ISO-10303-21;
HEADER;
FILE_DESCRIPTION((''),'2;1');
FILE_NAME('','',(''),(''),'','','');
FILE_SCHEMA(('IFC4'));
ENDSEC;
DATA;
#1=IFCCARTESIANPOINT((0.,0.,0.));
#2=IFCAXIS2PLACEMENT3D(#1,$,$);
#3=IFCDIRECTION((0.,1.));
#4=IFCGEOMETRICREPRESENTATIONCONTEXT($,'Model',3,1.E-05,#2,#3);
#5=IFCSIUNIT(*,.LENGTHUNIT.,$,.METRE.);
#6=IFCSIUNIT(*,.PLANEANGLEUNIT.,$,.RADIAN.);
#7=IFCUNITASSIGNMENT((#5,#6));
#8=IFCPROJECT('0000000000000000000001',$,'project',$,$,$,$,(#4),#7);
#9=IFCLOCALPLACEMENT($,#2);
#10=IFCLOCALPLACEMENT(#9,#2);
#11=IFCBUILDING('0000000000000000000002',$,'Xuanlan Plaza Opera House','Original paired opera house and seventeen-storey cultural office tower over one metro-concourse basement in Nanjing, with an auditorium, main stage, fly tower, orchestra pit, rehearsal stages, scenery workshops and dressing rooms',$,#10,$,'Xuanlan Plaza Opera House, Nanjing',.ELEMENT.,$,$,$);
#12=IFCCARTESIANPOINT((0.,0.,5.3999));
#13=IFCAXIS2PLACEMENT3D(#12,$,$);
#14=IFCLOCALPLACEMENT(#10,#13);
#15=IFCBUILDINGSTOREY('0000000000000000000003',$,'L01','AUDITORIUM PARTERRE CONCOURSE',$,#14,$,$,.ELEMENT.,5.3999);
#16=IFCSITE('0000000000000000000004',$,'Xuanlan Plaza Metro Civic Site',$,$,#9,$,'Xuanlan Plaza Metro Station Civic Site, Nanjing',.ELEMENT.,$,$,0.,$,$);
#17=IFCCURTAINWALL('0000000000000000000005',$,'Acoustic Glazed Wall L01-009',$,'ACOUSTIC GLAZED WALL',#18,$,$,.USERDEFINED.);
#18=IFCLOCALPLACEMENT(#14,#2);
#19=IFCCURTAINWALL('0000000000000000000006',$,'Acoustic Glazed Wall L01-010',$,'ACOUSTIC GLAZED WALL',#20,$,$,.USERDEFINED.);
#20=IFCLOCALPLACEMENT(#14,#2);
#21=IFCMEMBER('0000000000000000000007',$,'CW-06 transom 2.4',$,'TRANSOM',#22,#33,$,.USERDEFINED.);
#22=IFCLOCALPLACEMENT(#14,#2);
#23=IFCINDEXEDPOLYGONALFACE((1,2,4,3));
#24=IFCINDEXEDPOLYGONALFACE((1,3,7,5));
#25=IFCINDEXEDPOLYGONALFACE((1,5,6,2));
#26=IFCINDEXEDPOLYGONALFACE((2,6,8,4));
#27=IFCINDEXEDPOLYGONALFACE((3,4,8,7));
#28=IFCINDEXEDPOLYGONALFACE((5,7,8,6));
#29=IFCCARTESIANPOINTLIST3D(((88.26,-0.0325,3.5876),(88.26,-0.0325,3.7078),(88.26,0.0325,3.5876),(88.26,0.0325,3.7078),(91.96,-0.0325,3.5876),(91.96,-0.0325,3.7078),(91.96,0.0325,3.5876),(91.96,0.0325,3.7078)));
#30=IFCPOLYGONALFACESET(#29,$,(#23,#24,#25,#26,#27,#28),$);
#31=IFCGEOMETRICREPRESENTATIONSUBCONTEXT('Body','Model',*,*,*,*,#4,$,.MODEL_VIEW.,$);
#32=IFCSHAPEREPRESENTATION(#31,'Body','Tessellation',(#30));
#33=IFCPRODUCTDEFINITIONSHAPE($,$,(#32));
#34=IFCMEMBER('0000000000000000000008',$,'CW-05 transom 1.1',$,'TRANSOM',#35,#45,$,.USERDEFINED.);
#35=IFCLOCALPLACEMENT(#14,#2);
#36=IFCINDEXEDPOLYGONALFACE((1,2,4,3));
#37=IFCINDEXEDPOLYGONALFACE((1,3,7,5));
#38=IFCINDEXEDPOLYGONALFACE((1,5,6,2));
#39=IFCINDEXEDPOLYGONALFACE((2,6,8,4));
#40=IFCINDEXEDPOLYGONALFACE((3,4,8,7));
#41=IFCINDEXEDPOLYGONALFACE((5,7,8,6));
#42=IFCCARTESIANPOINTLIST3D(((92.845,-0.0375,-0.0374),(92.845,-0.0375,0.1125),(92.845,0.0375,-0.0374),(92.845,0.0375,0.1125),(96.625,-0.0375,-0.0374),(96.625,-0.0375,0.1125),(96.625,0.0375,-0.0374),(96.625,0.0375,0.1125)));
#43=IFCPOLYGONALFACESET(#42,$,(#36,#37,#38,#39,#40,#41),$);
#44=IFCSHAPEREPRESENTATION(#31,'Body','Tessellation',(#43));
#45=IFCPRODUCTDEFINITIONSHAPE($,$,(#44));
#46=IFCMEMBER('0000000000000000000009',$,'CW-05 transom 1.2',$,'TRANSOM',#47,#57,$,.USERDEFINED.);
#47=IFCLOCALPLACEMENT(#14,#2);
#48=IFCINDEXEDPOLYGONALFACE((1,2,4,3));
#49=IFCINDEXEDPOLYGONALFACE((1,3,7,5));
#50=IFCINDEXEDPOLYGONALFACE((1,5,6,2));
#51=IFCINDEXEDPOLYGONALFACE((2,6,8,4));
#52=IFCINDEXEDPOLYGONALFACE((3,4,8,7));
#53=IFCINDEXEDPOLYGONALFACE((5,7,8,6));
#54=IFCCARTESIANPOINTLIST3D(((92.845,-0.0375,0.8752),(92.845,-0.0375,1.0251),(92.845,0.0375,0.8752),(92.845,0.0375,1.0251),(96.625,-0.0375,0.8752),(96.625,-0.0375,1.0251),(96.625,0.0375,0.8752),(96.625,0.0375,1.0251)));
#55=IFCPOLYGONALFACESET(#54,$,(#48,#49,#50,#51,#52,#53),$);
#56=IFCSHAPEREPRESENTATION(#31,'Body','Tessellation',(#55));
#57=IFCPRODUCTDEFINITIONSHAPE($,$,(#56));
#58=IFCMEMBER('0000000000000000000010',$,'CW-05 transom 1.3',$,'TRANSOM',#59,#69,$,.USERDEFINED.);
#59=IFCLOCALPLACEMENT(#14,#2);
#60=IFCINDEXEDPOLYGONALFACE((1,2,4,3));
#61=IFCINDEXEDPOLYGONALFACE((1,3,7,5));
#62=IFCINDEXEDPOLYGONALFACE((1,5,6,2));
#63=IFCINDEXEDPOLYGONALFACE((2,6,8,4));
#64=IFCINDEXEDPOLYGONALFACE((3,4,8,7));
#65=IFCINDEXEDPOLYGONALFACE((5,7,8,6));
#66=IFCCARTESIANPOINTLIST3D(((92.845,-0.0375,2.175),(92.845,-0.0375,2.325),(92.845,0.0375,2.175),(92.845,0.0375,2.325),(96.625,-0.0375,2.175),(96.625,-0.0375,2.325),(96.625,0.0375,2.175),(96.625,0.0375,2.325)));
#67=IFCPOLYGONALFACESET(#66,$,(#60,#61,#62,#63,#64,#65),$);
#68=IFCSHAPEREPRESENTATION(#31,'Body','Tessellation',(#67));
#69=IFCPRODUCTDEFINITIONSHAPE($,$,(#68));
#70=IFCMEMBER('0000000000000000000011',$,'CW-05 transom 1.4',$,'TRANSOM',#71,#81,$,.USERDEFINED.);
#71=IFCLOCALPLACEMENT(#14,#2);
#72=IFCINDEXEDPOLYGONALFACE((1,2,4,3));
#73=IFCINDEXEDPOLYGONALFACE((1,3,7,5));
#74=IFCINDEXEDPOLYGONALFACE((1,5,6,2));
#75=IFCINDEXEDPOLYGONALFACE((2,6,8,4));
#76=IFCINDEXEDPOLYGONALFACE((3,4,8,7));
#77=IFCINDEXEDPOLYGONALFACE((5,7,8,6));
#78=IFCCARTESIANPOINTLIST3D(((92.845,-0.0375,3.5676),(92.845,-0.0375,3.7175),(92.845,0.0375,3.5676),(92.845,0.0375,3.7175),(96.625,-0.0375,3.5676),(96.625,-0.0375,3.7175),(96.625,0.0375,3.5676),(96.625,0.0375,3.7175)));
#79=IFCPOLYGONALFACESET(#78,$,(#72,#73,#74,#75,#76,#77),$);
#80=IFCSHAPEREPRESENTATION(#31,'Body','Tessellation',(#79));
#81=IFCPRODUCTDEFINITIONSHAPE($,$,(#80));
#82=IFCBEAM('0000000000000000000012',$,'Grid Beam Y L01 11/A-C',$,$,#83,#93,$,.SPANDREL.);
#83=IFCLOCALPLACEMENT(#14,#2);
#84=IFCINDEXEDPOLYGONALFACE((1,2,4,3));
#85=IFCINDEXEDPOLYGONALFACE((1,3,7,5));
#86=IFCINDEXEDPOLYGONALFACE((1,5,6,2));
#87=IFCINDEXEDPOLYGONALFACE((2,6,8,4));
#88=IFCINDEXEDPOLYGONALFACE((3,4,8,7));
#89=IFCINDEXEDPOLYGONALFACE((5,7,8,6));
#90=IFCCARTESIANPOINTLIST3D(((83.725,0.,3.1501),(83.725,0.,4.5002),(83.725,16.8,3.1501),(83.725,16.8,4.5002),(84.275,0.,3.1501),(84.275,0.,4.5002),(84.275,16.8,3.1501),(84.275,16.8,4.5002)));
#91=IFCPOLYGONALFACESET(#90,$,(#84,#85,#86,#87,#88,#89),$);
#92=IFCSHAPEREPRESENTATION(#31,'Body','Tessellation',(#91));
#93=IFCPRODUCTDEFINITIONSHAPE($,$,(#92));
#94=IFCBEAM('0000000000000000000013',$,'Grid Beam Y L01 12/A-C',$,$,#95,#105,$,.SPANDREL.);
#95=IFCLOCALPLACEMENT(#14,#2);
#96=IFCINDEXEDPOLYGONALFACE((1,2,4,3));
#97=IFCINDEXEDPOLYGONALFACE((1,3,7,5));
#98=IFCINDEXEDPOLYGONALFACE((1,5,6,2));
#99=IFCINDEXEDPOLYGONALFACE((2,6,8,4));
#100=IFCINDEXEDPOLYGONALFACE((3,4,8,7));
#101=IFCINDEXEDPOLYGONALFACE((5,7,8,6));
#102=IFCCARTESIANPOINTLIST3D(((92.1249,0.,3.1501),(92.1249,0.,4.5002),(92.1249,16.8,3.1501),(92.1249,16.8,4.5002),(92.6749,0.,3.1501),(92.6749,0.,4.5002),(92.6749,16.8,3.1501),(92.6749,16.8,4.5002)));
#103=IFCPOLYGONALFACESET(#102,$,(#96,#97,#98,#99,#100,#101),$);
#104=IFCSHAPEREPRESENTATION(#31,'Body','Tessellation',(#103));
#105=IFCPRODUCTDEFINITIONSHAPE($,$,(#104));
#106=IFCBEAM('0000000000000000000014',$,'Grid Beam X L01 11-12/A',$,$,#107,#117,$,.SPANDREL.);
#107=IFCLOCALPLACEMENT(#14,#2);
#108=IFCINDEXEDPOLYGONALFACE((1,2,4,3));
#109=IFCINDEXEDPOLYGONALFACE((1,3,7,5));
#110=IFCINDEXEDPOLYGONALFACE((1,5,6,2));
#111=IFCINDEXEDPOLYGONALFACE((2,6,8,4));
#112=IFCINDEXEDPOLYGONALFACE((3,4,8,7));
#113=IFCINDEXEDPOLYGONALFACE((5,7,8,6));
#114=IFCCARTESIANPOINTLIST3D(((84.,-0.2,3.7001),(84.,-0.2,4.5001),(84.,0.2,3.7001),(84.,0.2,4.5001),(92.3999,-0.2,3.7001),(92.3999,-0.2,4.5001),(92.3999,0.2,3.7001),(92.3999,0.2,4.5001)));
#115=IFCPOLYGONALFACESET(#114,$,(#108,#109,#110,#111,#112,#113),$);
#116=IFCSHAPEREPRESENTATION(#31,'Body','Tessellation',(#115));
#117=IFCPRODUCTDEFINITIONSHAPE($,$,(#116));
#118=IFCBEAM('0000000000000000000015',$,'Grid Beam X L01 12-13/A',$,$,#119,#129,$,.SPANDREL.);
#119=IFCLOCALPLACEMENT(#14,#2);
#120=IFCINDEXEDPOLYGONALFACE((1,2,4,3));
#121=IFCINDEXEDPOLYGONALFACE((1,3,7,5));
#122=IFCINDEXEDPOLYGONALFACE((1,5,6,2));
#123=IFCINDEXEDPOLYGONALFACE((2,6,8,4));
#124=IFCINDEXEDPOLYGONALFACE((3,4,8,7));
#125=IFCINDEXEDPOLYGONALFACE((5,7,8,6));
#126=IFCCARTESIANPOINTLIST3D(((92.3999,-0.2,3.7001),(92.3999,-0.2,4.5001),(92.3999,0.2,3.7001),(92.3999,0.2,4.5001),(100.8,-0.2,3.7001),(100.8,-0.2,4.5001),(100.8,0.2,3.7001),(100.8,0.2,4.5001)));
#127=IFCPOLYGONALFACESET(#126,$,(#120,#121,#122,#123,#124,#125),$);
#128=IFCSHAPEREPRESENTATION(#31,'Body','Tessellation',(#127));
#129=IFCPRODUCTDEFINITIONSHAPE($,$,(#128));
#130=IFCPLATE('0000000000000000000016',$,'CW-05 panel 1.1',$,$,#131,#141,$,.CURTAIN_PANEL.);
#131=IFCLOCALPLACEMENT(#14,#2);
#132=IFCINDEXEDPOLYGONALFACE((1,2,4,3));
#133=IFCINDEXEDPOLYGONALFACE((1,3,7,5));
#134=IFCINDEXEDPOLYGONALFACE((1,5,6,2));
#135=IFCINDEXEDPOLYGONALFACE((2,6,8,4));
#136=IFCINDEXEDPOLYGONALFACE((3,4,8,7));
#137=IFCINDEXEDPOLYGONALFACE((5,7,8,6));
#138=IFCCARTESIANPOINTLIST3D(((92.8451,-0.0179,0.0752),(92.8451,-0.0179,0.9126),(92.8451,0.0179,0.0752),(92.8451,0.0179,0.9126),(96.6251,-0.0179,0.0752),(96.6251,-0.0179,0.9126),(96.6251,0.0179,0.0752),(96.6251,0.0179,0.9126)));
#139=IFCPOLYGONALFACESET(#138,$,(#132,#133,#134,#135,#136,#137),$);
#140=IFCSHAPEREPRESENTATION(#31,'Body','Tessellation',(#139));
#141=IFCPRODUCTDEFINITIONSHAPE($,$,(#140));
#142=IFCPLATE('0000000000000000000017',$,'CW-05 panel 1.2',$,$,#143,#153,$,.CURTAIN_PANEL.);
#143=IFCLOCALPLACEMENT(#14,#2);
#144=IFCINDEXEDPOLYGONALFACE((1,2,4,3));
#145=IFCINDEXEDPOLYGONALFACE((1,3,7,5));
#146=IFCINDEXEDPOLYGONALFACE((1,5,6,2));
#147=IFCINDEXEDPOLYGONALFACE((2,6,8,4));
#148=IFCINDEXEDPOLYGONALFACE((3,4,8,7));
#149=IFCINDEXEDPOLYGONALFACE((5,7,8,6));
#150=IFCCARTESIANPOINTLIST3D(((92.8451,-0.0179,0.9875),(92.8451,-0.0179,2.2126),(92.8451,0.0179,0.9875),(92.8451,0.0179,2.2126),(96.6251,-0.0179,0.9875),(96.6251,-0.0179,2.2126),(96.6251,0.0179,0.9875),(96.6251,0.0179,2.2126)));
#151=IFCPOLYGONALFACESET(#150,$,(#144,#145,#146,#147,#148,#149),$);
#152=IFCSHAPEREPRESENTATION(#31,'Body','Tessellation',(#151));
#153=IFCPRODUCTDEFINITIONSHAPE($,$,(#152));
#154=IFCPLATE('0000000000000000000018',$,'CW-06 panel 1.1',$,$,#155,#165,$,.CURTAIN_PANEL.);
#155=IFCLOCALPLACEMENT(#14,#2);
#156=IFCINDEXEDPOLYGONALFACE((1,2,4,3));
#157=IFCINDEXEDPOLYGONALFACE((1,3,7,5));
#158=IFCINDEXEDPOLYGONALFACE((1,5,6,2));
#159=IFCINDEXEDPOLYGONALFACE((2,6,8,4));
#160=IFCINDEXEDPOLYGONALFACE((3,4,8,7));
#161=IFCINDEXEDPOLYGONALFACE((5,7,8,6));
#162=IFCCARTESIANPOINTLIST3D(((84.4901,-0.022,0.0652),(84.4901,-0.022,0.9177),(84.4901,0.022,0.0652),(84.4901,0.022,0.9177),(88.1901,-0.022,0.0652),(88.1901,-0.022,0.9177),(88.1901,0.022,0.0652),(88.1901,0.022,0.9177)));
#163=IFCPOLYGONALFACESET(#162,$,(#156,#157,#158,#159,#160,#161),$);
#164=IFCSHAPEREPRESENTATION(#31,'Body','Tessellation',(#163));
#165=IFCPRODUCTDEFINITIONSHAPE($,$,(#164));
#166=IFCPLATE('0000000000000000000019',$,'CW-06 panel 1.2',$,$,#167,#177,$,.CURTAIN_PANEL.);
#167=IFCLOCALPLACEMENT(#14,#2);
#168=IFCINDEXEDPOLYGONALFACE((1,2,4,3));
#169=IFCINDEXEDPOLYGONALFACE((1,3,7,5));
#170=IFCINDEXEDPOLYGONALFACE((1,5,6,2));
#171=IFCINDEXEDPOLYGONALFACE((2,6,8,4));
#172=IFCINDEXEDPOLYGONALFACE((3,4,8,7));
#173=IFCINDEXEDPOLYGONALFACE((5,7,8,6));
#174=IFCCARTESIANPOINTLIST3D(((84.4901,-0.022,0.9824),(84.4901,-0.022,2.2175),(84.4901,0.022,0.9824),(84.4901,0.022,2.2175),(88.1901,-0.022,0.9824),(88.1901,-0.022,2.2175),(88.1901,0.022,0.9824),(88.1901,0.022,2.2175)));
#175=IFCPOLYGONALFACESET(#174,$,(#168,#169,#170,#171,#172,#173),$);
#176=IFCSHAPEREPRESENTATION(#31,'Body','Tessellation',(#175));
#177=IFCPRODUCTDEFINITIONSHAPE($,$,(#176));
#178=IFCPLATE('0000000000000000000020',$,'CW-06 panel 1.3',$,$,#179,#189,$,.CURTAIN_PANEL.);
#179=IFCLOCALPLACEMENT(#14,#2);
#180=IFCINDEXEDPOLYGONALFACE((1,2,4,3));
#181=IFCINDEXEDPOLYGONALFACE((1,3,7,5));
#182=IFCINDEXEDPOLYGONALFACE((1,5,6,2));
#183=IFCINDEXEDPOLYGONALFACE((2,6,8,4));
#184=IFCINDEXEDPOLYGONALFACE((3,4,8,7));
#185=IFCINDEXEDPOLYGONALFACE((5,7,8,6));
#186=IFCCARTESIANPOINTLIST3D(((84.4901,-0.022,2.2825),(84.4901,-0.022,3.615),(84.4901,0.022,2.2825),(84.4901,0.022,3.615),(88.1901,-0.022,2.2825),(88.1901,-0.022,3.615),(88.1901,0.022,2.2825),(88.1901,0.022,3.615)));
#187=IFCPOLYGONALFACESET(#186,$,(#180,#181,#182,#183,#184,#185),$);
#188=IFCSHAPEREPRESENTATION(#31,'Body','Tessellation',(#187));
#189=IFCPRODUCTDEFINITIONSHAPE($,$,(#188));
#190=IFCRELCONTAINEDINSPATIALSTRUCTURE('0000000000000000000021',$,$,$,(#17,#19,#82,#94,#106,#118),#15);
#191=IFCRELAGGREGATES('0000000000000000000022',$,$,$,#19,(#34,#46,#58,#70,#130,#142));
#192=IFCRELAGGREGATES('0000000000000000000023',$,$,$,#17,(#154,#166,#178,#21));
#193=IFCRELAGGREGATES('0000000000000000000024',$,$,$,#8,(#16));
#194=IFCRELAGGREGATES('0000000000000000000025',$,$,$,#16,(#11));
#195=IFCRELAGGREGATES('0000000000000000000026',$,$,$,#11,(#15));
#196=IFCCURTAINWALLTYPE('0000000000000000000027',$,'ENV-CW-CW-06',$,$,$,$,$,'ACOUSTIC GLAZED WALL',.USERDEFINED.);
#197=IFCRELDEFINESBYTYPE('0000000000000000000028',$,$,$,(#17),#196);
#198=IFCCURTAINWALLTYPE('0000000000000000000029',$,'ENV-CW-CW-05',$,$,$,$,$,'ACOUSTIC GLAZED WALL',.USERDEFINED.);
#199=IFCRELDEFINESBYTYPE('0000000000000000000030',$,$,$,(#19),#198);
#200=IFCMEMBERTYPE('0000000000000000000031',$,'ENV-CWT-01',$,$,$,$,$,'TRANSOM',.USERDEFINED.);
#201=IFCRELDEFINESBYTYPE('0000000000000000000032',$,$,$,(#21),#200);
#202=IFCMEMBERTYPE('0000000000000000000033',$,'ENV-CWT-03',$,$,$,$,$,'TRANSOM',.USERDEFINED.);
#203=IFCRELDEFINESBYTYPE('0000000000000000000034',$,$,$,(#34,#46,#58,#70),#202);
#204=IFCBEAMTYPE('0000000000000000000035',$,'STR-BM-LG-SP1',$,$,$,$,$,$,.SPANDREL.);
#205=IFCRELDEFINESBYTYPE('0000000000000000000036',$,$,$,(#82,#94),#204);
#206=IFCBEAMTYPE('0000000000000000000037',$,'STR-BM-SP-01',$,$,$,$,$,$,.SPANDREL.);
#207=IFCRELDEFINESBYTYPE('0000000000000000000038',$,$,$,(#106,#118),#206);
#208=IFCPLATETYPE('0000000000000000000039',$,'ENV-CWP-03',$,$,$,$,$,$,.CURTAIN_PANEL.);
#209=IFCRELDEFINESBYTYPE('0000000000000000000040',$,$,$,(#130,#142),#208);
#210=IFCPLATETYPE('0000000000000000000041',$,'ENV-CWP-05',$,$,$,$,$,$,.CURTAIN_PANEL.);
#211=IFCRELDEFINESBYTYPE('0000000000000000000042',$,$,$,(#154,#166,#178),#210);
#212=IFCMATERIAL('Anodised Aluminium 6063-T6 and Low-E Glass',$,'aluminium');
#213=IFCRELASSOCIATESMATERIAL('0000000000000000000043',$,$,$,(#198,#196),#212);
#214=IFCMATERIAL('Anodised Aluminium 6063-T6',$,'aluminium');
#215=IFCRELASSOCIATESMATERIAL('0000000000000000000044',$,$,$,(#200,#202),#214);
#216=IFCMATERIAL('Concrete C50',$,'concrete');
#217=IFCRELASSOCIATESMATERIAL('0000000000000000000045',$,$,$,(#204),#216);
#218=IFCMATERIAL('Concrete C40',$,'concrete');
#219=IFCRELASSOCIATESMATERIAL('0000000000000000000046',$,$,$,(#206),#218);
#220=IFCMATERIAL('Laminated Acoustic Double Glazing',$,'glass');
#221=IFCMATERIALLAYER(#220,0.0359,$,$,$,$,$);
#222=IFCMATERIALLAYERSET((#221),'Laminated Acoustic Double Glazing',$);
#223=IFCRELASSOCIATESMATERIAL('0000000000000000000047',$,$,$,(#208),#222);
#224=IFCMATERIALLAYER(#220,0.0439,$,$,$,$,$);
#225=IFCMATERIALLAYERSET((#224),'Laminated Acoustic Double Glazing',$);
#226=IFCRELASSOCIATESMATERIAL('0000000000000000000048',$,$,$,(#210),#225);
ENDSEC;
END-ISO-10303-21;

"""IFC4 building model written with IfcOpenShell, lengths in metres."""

from ifc_helpers import new_model, si_unit, direction, frame, origin, origin_2d, place, context, subcontext, project, spatial, rectangle, extrude, material, layer, layer_set, material_profile, profile_set, type_object, element, aggregate, save


model = new_model("IFC4")

# Units and contexts
model_context = context("Model", 3, precision=1e-05, world=origin(), true_north=direction((0.0, 1.0)))
body_context = subcontext(model_context, "Body", "Model", "MODEL_VIEW")
ifc_project = project(units=[si_unit("LENGTHUNIT", "METRE"), si_unit("PLANEANGLEUNIT", "RADIAN")], contexts=[model_context])

# Site, building, storey
site_placement = place(None, origin())
site = spatial("IfcSite", under=ifc_project, at=site_placement, Name="Xuanlan Plaza Metro Civic Site", LongName="Xuanlan Plaza Metro Station Civic Site, Nanjing", CompositionType="ELEMENT", RefElevation=0.0)
building_placement = place(site_placement, origin())
building = spatial("IfcBuilding", under=site, at=building_placement, Name="Xuanlan Plaza Opera House", Description="Original paired opera house and seventeen-storey cultural office tower over one metro-concourse basement in Nanjing, with an auditorium, main stage, fly tower, orchestra pit, rehearsal stages, scenery workshops and dressing rooms", LongName="Xuanlan Plaza Opera House, Nanjing", CompositionType="ELEMENT")
storey_placement = place(building_placement, frame((0.0, 0.0, 5.3999)))
storey = spatial("IfcBuildingStorey", under=building, at=storey_placement, Name="L01", Description="AUDITORIUM PARTERRE CONCOURSE", CompositionType="ELEMENT", Elevation=5.3999)

# Shared definitions
ifc_material_1 = material(Name="Concrete C40", Category="concrete")

# Shared definitions
ifc_material_2 = material(Name="Anodised Aluminium 6063-T6 and Low-E Glass", Category="aluminium")
curtain_wall_type_1 = type_object("IfcCurtainWallType", Name="ENV-CW-CW-05", ElementType="ACOUSTIC GLAZED WALL", PredefinedType="USERDEFINED", material=ifc_material_2)
ifc_material_3 = material(Name="Anodised Aluminium 6063-T6", Category="aluminium")

# Curtain wall
curtain_wall_type_2 = type_object("IfcCurtainWallType", Name="ENV-CW-CW-06", ElementType="ACOUSTIC GLAZED WALL", PredefinedType="USERDEFINED", material=ifc_material_2)
curtain_wall_1_placement = place(storey_placement, origin())
curtain_wall_1 = element("IfcCurtainWall", 1, at=curtain_wall_1_placement, inside=storey, type_object=curtain_wall_type_2, Name="Acoustic Glazed Wall L01-009", ObjectType="ACOUSTIC GLAZED WALL", PredefinedType="USERDEFINED")

# Curtain wall
curtain_wall_2_placement = place(storey_placement, origin())
curtain_wall_2 = element("IfcCurtainWall", 2, at=curtain_wall_2_placement, inside=storey, type_object=curtain_wall_type_1, Name="Acoustic Glazed Wall L01-010", ObjectType="ACOUSTIC GLAZED WALL", PredefinedType="USERDEFINED")

# Members
ifc_material_profile_1 = material_profile(ifc_material_3, rectangle(XDim=0.0649, YDim=0.1201, at=origin_2d()), Name="ALU-T 65x120")
ifc_profile_set_1 = profile_set([ifc_material_profile_1], Name="Anodised Aluminium 6063-T6")
member_type_1 = type_object("IfcMemberType", Name="ENV-CWT-01", ElementType="TRANSOM", PredefinedType="USERDEFINED", material=ifc_profile_set_1)
member_1_placement = place(storey_placement, frame((88.26, 0.0, 3.6477), z_axis=(1.0, 0.0, 0.0), x_axis=(0.0, 1.0, 0.0)))
member_1 = element("IfcMember", 3, at=member_1_placement, type_object=member_type_1, Name="CW-06 transom 2.4", ObjectType="TRANSOM", PredefinedType="USERDEFINED", context=body_context, shape_type="SweptSolid", body=[
    extrude(rectangle(XDim=0.0649, YDim=0.1201, at=origin_2d()), origin(), (0.0, 0.0, 1.0), 3.7),
])
ifc_material_profile_2 = material_profile(ifc_material_3, rectangle(XDim=0.075, YDim=0.1499, at=origin_2d()), Name="ALU-T 75x150")
ifc_profile_set_2 = profile_set([ifc_material_profile_2], Name="Anodised Aluminium 6063-T6")
member_type_2 = type_object("IfcMemberType", Name="ENV-CWT-03", ElementType="TRANSOM", PredefinedType="USERDEFINED", material=ifc_profile_set_2)
member_2_placement = place(storey_placement, frame((92.845, 0.0, 0.0376), z_axis=(1.0, 0.0, 0.0), x_axis=(0.0, 1.0, 0.0)))
member_2 = element("IfcMember", 4, at=member_2_placement, type_object=member_type_2, Name="CW-05 transom 1.1", ObjectType="TRANSOM", PredefinedType="USERDEFINED", context=body_context, shape_type="SweptSolid", body=[
    extrude(rectangle(XDim=0.075, YDim=0.1499, at=origin_2d()), origin(), (0.0, 0.0, 1.0), 3.78),
])
member_3_placement = place(storey_placement, frame((92.845, 0.0, 0.9502), z_axis=(1.0, 0.0, 0.0), x_axis=(0.0, 1.0, 0.0)))
member_3 = element("IfcMember", 5, at=member_3_placement, type_object=member_type_2, Name="CW-05 transom 1.2", ObjectType="TRANSOM", PredefinedType="USERDEFINED", context=body_context, shape_type="SweptSolid", body=[
    extrude(rectangle(XDim=0.075, YDim=0.1499, at=origin_2d()), origin(), (0.0, 0.0, 1.0), 3.78),
])
member_4_placement = place(storey_placement, frame((92.845, 0.0, 2.25), z_axis=(1.0, 0.0, 0.0), x_axis=(0.0, 1.0, 0.0)))
member_4 = element("IfcMember", 6, at=member_4_placement, type_object=member_type_2, Name="CW-05 transom 1.3", ObjectType="TRANSOM", PredefinedType="USERDEFINED", context=body_context, shape_type="SweptSolid", body=[
    extrude(rectangle(XDim=0.075, YDim=0.1499, at=origin_2d()), origin(), (0.0, 0.0, 1.0), 3.78),
])
member_5_placement = place(storey_placement, frame((92.845, 0.0, 3.6426), z_axis=(1.0, 0.0, 0.0), x_axis=(0.0, 1.0, 0.0)))
member_5 = element("IfcMember", 7, at=member_5_placement, type_object=member_type_2, Name="CW-05 transom 1.4", ObjectType="TRANSOM", PredefinedType="USERDEFINED", context=body_context, shape_type="SweptSolid", body=[
    extrude(rectangle(XDim=0.075, YDim=0.1499, at=origin_2d()), origin(), (0.0, 0.0, 1.0), 3.78),
])

# Beams
ifc_material_4 = material(Name="Concrete C50", Category="concrete")
ifc_material_profile_3 = material_profile(ifc_material_4, rectangle(XDim=0.55, YDim=1.3501, at=origin_2d()), Name="RC-SPD 550x1350")
ifc_profile_set_3 = profile_set([ifc_material_profile_3], Name="Concrete C50")
beam_type_1 = type_object("IfcBeamType", Name="STR-BM-LG-SP1", PredefinedType="SPANDREL", material=ifc_profile_set_3)
for number, where, z_axis, x_axis, name in (
    (8, (84.0, 0.0, 3.8252), (0.0, 1.0, 0.0), (-1.0, 0.0, 0.0), "Grid Beam Y L01 11/A-C"),
    (9, (92.3999, 0.0, 3.8252), (0.0, 1.0, 0.0), (-1.0, 0.0, 0.0), "Grid Beam Y L01 12/A-C"),
):
    element("IfcBeam", number, at=place(storey_placement, frame(where, z_axis=z_axis, x_axis=x_axis)), inside=storey, type_object=beam_type_1, Name=name, PredefinedType="SPANDREL", context=body_context, shape_type="SweptSolid", body=[
        extrude(rectangle(XDim=0.55, YDim=1.3501, at=origin_2d()), origin(), (0.0, 0.0, 1.0), 16.8),
    ])
ifc_material_profile_4 = material_profile(ifc_material_1, rectangle(XDim=0.3999, YDim=0.8, at=origin_2d()), Name="RC-SPD 400x800")
ifc_profile_set_4 = profile_set([ifc_material_profile_4], Name="Concrete C40")
beam_type_2 = type_object("IfcBeamType", Name="STR-BM-SP-01", PredefinedType="SPANDREL", material=ifc_profile_set_4)
beam_1_placement = place(storey_placement, frame((84.0, 0.0, 4.1001), z_axis=(1.0, 0.0, 0.0), x_axis=(0.0, 1.0, 0.0)))
element("IfcBeam", 10, at=beam_1_placement, inside=storey, type_object=beam_type_2, Name="Grid Beam X L01 11-12/A", PredefinedType="SPANDREL", context=body_context, shape_type="SweptSolid", body=[
    extrude(rectangle(XDim=0.3999, YDim=0.8, at=origin_2d()), origin(), (0.0, 0.0, 1.0), 8.3999),
])
beam_2_placement = place(storey_placement, frame((92.3999, 0.0, 4.1001), z_axis=(1.0, 0.0, 0.0), x_axis=(0.0, 1.0, 0.0)))
element("IfcBeam", 11, at=beam_2_placement, inside=storey, type_object=beam_type_2, Name="Grid Beam X L01 12-13/A", PredefinedType="SPANDREL", context=body_context, shape_type="SweptSolid", body=[
    extrude(rectangle(XDim=0.3999, YDim=0.8, at=origin_2d()), origin(), (0.0, 0.0, 1.0), 8.4001),
])

# Plates
ifc_material_5 = material(Name="Laminated Acoustic Double Glazing", Category="glass")
ifc_layer_1 = layer(ifc_material_5, 0.0359)
ifc_layer_set_1 = layer_set([ifc_layer_1], Name="Laminated Acoustic Double Glazing")
plate_type_1 = type_object("IfcPlateType", Name="ENV-CWP-03", PredefinedType="CURTAIN_PANEL", material=ifc_layer_set_1)
plate_1_placement = place(storey_placement, frame((94.7351, 0.0, 0.0752), z_axis=(0.0, 0.0, 1.0), x_axis=(1.0, 0.0, 0.0)))
plate_1 = element("IfcPlate", 12, at=plate_1_placement, type_object=plate_type_1, Name="CW-05 panel 1.1", PredefinedType="CURTAIN_PANEL", context=body_context, shape_type="SweptSolid", body=[
    extrude(rectangle(XDim=3.78, YDim=0.0359, at=origin_2d()), origin(), (0.0, 0.0, 1.0), 0.8374),
])
plate_2_placement = place(storey_placement, frame((94.7351, 0.0, 0.9875), z_axis=(0.0, 0.0, 1.0), x_axis=(1.0, 0.0, 0.0)))
plate_2 = element("IfcPlate", 13, at=plate_2_placement, type_object=plate_type_1, Name="CW-05 panel 1.2", PredefinedType="CURTAIN_PANEL", context=body_context, shape_type="SweptSolid", body=[
    extrude(rectangle(XDim=3.78, YDim=0.0359, at=origin_2d()), origin(), (0.0, 0.0, 1.0), 1.2251),
])
aggregate(curtain_wall_2, [member_2, member_3, member_4, member_5, plate_1, plate_2])
ifc_layer_2 = layer(ifc_material_5, 0.0439)
ifc_layer_set_2 = layer_set([ifc_layer_2], Name="Laminated Acoustic Double Glazing")
plate_type_2 = type_object("IfcPlateType", Name="ENV-CWP-05", PredefinedType="CURTAIN_PANEL", material=ifc_layer_set_2)
plate_3_placement = place(storey_placement, frame((86.3401, 0.0, 0.0652), z_axis=(0.0, 0.0, 1.0), x_axis=(1.0, 0.0, 0.0)))
plate_3 = element("IfcPlate", 14, at=plate_3_placement, type_object=plate_type_2, Name="CW-06 panel 1.1", PredefinedType="CURTAIN_PANEL", context=body_context, shape_type="SweptSolid", body=[
    extrude(rectangle(XDim=3.7, YDim=0.0439, at=origin_2d()), origin(), (0.0, 0.0, 1.0), 0.8525),
])
plate_4_placement = place(storey_placement, frame((86.3401, 0.0, 0.9824), z_axis=(0.0, 0.0, 1.0), x_axis=(1.0, 0.0, 0.0)))
plate_4 = element("IfcPlate", 15, at=plate_4_placement, type_object=plate_type_2, Name="CW-06 panel 1.2", PredefinedType="CURTAIN_PANEL", context=body_context, shape_type="SweptSolid", body=[
    extrude(rectangle(XDim=3.7, YDim=0.0439, at=origin_2d()), origin(), (0.0, 0.0, 1.0), 1.2351),
])
plate_5_placement = place(storey_placement, frame((86.3401, 0.0, 2.2825), z_axis=(0.0, 0.0, 1.0), x_axis=(1.0, 0.0, 0.0)))
plate_5 = element("IfcPlate", 16, at=plate_5_placement, type_object=plate_type_2, Name="CW-06 panel 1.3", PredefinedType="CURTAIN_PANEL", context=body_context, shape_type="SweptSolid", body=[
    extrude(rectangle(XDim=3.7, YDim=0.0439, at=origin_2d()), origin(), (0.0, 0.0, 1.0), 1.3325),
])
aggregate(curtain_wall_1, [plate_3, plate_4, plate_5, member_1])

save(model, "model.ifc")
